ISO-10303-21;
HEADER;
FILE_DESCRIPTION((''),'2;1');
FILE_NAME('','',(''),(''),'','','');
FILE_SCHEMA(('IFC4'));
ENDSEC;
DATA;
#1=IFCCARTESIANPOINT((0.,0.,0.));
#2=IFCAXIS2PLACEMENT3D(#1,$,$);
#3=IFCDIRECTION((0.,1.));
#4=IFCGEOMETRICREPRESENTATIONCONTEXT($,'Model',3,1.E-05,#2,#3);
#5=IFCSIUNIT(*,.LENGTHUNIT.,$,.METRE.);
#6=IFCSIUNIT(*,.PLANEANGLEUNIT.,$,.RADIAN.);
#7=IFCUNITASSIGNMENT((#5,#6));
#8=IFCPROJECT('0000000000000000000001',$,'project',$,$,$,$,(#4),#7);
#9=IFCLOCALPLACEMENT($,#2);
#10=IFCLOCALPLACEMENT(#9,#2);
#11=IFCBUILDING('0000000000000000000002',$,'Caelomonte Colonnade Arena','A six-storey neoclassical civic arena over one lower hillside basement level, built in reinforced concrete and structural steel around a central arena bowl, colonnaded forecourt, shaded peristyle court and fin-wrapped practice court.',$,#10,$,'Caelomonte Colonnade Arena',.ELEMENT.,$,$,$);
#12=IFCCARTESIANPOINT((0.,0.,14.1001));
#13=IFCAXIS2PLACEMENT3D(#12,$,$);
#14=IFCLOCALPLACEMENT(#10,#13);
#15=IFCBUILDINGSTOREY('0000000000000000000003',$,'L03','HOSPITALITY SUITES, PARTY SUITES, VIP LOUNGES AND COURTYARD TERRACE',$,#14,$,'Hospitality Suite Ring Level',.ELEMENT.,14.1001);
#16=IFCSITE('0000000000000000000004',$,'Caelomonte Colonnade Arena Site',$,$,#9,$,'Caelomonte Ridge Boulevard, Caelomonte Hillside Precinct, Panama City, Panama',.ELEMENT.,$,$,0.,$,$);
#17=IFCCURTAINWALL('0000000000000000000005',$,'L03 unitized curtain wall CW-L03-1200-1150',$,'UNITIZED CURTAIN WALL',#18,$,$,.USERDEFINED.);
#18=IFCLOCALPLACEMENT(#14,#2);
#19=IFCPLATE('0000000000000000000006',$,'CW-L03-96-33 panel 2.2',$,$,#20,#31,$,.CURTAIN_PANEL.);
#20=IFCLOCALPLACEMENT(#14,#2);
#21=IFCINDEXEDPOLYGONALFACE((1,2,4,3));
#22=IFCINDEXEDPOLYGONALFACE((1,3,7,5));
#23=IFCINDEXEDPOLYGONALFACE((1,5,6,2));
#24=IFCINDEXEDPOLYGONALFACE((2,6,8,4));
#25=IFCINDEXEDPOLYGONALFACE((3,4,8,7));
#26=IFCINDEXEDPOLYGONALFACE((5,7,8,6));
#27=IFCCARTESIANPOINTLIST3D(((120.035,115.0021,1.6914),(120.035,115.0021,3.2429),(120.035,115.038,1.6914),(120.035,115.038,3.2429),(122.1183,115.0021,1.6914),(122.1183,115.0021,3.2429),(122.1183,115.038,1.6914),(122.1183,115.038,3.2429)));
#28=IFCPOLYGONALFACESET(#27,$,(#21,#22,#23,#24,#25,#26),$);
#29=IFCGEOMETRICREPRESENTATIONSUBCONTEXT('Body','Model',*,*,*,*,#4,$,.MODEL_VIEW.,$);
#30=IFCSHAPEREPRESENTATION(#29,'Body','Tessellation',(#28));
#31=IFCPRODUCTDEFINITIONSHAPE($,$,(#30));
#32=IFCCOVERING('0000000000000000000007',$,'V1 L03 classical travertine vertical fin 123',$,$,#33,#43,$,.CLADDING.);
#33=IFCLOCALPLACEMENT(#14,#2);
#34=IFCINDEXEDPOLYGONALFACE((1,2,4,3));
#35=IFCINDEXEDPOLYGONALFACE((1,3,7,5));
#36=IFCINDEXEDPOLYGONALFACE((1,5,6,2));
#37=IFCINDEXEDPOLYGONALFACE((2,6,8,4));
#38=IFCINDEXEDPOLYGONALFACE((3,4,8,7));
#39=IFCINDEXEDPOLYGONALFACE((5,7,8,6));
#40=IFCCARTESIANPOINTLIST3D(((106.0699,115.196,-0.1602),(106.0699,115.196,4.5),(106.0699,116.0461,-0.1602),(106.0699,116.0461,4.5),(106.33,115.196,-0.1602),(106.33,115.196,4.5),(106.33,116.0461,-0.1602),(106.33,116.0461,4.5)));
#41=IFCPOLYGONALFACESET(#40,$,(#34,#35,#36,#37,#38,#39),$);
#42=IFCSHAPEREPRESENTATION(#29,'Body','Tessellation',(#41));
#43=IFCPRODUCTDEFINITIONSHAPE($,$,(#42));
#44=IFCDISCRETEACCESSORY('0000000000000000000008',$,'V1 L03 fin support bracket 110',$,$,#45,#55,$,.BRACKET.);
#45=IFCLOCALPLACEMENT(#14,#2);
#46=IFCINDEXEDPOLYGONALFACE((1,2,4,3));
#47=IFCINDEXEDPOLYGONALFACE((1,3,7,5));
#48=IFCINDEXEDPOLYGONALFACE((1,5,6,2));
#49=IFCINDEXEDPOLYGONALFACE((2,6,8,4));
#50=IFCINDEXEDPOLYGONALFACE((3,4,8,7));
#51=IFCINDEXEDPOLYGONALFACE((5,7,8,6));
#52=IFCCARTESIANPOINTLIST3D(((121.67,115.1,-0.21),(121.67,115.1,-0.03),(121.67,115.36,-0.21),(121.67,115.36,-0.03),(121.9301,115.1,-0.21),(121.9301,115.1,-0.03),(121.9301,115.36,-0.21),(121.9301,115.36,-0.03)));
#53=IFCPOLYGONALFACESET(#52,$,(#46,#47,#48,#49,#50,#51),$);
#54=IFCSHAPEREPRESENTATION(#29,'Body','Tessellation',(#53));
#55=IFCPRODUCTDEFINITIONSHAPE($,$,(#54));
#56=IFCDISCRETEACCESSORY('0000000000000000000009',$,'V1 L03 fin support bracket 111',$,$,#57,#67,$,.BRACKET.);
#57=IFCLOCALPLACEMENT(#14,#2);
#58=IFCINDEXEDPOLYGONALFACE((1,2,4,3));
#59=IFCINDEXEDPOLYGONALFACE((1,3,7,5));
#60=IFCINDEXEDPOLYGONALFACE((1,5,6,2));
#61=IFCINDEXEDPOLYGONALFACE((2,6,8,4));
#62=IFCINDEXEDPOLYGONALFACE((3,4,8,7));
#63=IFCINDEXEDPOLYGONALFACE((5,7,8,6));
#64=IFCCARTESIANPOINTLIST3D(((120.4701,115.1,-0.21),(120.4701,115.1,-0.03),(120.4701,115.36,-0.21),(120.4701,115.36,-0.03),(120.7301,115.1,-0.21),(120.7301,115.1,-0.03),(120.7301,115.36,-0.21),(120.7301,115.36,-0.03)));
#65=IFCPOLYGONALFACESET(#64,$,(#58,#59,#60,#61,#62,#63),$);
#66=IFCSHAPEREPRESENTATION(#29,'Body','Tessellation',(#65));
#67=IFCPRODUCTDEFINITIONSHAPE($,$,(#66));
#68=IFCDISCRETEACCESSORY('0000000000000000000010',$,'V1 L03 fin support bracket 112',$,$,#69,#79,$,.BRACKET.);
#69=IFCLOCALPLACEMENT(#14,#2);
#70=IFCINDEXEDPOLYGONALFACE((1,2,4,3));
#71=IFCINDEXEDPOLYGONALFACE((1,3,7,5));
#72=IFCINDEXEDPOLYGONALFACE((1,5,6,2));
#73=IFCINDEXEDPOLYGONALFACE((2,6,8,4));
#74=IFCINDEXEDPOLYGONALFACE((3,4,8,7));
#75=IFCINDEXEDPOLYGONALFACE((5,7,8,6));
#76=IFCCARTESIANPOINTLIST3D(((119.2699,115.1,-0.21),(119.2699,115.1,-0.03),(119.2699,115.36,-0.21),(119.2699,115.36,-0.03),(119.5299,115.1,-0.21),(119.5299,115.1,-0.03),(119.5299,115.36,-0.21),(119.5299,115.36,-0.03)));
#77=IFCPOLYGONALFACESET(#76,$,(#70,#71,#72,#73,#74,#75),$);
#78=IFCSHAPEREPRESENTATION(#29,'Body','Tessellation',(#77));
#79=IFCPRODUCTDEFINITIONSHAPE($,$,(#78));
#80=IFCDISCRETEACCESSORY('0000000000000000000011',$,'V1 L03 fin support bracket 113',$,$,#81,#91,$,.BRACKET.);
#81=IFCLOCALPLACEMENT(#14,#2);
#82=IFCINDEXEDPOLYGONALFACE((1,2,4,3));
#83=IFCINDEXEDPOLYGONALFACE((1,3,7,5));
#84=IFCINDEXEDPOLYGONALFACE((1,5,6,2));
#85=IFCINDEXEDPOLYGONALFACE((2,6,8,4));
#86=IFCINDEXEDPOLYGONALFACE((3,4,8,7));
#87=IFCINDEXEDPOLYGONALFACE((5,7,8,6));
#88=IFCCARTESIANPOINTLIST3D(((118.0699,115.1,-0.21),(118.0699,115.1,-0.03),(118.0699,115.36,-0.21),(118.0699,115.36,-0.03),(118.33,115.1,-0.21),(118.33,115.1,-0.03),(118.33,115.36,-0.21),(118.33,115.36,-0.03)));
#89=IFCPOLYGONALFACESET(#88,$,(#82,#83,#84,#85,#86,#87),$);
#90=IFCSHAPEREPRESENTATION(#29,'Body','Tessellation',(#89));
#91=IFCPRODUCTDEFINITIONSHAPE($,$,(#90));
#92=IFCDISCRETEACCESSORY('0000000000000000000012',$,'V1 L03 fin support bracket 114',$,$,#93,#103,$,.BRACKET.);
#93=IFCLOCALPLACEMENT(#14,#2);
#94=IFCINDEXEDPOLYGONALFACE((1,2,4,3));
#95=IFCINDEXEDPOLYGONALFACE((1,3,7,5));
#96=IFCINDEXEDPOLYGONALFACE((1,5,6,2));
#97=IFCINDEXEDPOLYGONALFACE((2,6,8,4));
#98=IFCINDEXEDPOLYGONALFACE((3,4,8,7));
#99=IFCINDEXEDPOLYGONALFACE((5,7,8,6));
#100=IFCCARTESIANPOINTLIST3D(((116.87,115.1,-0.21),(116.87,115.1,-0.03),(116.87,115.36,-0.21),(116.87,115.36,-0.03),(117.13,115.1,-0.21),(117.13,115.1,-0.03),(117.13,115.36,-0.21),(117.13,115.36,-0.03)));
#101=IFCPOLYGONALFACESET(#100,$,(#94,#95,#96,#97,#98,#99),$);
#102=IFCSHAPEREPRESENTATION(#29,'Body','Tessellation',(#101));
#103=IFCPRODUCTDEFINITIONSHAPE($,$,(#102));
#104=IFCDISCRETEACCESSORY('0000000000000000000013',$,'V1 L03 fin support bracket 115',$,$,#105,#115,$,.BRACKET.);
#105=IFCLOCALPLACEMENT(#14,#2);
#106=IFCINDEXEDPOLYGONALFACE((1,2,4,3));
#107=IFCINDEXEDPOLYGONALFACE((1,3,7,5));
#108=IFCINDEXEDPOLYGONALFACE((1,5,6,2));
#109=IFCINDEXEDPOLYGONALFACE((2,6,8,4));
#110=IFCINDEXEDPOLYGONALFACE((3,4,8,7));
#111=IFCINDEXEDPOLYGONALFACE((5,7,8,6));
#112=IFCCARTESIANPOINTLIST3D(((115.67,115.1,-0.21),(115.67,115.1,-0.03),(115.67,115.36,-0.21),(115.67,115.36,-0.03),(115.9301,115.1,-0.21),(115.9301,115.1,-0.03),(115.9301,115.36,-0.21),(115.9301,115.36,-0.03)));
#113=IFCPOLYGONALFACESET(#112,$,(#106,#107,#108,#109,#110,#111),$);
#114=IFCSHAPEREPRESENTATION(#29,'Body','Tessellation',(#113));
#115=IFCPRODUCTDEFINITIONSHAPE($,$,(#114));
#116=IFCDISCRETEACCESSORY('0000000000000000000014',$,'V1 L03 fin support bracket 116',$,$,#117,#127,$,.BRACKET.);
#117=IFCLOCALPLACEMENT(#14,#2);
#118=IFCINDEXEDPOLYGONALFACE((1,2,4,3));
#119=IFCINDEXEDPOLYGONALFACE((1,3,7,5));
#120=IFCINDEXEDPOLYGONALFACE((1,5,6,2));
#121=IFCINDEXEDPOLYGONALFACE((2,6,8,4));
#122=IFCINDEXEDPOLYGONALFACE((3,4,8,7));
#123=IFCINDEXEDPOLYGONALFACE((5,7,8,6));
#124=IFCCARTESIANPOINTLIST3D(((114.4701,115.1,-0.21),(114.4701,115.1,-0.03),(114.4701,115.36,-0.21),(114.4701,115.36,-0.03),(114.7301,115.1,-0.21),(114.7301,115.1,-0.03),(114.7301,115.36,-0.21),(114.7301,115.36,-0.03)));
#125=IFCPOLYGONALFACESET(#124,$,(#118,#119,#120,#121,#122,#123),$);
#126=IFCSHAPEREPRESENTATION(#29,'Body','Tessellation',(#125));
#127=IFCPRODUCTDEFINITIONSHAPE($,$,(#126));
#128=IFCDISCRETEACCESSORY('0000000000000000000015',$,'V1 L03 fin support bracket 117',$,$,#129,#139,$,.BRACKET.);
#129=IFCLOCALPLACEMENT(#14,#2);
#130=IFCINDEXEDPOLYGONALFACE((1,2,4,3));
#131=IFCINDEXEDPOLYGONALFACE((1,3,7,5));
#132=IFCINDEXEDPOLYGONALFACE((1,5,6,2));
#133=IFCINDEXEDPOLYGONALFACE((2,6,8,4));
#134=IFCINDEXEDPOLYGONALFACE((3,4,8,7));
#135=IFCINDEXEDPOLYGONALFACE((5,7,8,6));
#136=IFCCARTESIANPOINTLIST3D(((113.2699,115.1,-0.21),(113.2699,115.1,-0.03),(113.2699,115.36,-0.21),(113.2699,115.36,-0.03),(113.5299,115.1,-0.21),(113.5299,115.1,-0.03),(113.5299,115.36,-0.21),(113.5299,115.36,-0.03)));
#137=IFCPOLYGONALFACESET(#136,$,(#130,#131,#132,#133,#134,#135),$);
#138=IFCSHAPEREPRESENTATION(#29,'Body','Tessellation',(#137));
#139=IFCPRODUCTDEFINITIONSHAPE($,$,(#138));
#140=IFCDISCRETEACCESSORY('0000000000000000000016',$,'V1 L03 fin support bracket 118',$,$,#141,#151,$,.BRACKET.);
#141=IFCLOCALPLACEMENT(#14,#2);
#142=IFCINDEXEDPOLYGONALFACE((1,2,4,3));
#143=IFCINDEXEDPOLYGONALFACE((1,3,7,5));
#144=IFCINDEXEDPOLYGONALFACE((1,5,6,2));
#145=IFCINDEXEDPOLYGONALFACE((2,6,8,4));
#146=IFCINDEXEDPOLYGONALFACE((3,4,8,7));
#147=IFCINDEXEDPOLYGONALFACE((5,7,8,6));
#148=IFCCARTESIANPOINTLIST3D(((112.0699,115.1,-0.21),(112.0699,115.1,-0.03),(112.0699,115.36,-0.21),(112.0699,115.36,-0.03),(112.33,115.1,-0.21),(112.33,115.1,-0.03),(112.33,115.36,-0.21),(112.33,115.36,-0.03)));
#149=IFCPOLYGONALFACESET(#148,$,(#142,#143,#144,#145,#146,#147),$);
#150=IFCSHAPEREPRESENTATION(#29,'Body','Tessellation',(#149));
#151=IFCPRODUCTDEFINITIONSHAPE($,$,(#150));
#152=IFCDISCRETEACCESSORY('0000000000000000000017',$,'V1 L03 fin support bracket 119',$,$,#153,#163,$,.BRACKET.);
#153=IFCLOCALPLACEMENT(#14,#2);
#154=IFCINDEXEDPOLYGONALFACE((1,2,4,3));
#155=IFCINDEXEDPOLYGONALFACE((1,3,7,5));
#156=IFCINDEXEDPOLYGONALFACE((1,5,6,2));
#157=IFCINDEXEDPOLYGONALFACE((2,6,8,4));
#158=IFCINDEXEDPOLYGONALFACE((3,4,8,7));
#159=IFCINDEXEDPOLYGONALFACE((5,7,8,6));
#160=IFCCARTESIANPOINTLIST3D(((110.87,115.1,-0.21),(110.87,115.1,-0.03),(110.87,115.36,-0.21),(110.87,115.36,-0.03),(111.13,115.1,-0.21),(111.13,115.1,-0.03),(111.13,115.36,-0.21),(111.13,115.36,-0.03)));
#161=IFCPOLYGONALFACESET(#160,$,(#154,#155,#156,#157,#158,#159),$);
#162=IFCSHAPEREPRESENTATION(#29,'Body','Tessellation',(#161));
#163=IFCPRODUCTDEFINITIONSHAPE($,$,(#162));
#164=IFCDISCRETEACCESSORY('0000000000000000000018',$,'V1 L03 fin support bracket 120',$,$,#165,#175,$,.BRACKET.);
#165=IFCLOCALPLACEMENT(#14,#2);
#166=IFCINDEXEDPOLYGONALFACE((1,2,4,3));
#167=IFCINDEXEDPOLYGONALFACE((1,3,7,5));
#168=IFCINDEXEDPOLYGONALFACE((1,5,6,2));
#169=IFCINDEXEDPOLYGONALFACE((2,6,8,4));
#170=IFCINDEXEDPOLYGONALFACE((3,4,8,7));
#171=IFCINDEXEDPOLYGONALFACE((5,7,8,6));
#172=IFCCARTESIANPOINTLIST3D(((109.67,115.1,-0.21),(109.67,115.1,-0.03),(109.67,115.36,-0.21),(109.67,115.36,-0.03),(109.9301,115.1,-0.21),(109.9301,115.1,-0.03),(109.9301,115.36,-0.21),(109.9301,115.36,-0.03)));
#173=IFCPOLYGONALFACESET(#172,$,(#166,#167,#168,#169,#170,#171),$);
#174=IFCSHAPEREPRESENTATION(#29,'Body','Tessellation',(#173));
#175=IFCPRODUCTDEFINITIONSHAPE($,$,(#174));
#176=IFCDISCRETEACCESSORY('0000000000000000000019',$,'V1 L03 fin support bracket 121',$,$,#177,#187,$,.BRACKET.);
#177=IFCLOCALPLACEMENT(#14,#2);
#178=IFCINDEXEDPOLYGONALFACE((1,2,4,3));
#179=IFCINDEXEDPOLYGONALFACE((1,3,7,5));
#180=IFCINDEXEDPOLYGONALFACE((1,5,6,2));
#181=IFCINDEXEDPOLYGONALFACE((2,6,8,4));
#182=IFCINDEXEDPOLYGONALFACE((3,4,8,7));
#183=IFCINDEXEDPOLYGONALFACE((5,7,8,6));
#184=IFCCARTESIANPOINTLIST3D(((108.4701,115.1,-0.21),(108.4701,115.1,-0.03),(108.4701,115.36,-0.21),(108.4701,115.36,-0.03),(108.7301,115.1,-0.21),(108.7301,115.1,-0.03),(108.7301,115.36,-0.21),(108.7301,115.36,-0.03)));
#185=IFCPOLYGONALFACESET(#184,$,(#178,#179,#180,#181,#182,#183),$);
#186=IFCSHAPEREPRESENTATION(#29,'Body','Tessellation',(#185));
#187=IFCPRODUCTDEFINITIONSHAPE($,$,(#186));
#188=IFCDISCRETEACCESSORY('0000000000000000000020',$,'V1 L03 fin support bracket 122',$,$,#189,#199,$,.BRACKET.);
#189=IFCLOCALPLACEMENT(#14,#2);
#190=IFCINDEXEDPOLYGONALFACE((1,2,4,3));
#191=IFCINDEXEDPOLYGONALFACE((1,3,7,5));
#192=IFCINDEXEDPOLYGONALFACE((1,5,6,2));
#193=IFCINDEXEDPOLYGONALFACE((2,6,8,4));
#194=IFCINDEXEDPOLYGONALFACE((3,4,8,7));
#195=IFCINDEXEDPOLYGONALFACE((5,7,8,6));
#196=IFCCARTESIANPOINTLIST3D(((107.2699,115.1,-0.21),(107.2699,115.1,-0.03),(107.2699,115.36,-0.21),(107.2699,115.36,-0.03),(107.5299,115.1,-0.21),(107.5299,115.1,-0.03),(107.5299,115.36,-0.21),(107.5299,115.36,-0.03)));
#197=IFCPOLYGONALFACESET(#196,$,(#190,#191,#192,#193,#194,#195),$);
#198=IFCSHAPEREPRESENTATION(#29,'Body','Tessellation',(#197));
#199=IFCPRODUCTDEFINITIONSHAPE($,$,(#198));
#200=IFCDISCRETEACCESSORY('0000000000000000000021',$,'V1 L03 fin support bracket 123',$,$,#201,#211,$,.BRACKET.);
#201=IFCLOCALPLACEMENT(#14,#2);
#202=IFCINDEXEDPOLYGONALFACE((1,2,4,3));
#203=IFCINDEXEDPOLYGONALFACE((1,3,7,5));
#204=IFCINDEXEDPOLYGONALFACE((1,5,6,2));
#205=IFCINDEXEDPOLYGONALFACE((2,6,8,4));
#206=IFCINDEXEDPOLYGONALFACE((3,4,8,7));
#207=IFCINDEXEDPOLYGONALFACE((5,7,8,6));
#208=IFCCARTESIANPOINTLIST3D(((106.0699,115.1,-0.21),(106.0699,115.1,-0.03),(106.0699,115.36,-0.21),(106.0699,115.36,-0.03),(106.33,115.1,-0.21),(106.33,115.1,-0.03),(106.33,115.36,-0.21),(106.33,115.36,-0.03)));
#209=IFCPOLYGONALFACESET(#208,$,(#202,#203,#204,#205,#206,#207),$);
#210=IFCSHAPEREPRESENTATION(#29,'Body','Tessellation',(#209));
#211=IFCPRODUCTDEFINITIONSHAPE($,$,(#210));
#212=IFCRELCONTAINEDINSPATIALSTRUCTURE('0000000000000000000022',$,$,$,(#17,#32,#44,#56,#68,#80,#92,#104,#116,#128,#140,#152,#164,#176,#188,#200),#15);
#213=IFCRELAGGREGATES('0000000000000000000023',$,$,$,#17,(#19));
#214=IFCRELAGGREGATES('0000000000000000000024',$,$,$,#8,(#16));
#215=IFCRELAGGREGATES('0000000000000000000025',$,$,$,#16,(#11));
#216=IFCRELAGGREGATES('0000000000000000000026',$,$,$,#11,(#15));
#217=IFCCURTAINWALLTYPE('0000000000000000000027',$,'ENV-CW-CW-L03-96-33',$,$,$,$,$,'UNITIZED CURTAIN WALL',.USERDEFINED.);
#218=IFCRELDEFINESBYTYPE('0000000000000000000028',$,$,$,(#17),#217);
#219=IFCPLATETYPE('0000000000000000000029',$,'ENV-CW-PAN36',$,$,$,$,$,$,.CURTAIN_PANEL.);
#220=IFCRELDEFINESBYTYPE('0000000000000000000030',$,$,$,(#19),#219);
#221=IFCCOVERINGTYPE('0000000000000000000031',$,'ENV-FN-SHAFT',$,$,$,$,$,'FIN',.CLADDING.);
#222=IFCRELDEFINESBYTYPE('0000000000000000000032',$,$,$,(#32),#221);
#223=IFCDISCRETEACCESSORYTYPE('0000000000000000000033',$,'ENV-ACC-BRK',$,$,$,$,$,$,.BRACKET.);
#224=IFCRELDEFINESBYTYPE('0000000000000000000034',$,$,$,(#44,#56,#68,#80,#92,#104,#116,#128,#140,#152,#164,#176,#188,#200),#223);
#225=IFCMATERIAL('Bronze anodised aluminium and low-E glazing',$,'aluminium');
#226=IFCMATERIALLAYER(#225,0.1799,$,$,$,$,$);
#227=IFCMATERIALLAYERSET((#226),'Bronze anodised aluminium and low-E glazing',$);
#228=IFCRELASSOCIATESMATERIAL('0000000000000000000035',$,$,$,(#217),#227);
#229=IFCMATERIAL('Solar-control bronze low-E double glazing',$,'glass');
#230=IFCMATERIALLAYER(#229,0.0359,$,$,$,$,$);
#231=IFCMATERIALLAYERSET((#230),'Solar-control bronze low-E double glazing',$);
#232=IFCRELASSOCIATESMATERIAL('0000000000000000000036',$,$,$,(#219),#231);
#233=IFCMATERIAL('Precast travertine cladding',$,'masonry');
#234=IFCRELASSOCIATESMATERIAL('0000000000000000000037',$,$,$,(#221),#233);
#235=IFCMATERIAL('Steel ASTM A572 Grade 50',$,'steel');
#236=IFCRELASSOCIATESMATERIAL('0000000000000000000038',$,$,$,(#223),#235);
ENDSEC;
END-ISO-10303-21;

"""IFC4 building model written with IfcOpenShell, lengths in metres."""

from ifc_helpers import new_model, si_unit, direction, frame, origin, origin_2d, place, context, subcontext, project, spatial, rectangle, extrude, material, layer, layer_set, material_profile, profile_set, type_object, element, aggregate, save


model = new_model("IFC4")

# Units and contexts
model_context = context("Model", 3, precision=1e-05, world=origin(), true_north=direction((0.0, 1.0)))
body_context = subcontext(model_context, "Body", "Model", "MODEL_VIEW")
ifc_project = project(units=[si_unit("LENGTHUNIT", "METRE"), si_unit("PLANEANGLEUNIT", "RADIAN")], contexts=[model_context])

# Site, building, storey
site_placement = place(None, origin())
site = spatial("IfcSite", under=ifc_project, at=site_placement, Name="Caelomonte Colonnade Arena Site", LongName="Caelomonte Ridge Boulevard, Caelomonte Hillside Precinct, Panama City, Panama", CompositionType="ELEMENT", RefElevation=0.0)
building_placement = place(site_placement, origin())
building = spatial("IfcBuilding", under=site, at=building_placement, Name="Caelomonte Colonnade Arena", Description="A six-storey neoclassical civic arena over one lower hillside basement level, built in reinforced concrete and structural steel around a central arena bowl, colonnaded forecourt, shaded peristyle court and fin-wrapped practice court.", LongName="Caelomonte Colonnade Arena", CompositionType="ELEMENT")
storey_placement = place(building_placement, frame((0.0, 0.0, 14.1001)))
storey = spatial("IfcBuildingStorey", under=building, at=storey_placement, Name="L03", Description="HOSPITALITY SUITES, PARTY SUITES, VIP LOUNGES AND COURTYARD TERRACE", LongName="Hospitality Suite Ring Level", CompositionType="ELEMENT", Elevation=14.1001)

# Curtain wall, plate
ifc_material_1 = material(Name="Bronze anodised aluminium and low-E glazing", Category="aluminium")
ifc_layer_1 = layer(ifc_material_1, 0.1799)
ifc_layer_set_1 = layer_set([ifc_layer_1], Name="Bronze anodised aluminium and low-E glazing")
curtain_wall_type = type_object("IfcCurtainWallType", Name="ENV-CW-CW-L03-96-33", ElementType="UNITIZED CURTAIN WALL", PredefinedType="USERDEFINED", material=ifc_layer_set_1)
curtain_wall_placement = place(storey_placement, origin())
curtain_wall = element("IfcCurtainWall", 1, at=curtain_wall_placement, inside=storey, type_object=curtain_wall_type, Name="L03 unitized curtain wall CW-L03-1200-1150", ObjectType="UNITIZED CURTAIN WALL", PredefinedType="USERDEFINED")
ifc_material_2 = material(Name="Solar-control bronze low-E double glazing", Category="glass")
ifc_layer_2 = layer(ifc_material_2, 0.0359)
ifc_layer_set_2 = layer_set([ifc_layer_2], Name="Solar-control bronze low-E double glazing")
plate_type = type_object("IfcPlateType", Name="ENV-CW-PAN36", PredefinedType="CURTAIN_PANEL", material=ifc_layer_set_2)
plate_placement = place(storey_placement, frame((121.0767, 115.02, 1.6914), z_axis=(0.0, 0.0, 1.0), x_axis=(-1.0, 0.0, 0.0)))
plate = element("IfcPlate", 2, at=plate_placement, type_object=plate_type, Name="CW-L03-96-33 panel 2.2", PredefinedType="CURTAIN_PANEL", context=body_context, shape_type="SweptSolid", body=[
    extrude(rectangle(XDim=2.0833, YDim=0.0359, at=origin_2d()), origin(), (0.0, 0.0, 1.0), 1.5515),
])
aggregate(curtain_wall, [plate])

# Covering
ifc_material_3 = material(Name="Precast travertine cladding", Category="masonry")
ifc_material_profile_1 = material_profile(ifc_material_3, rectangle(XDim=0.26, YDim=0.8501, at=origin_2d()), Name="FIN260X850")
ifc_profile_set_1 = profile_set([ifc_material_profile_1], Name="Precast travertine cladding")
covering_type = type_object("IfcCoveringType", Name="ENV-FN-SHAFT", ElementType="FIN", PredefinedType="CLADDING", material=ifc_profile_set_1)
covering_placement = place(storey_placement, frame((106.2, 115.6211, -0.1602), z_axis=(0.0, 0.0, 1.0), x_axis=(1.0, 0.0, 0.0)))
element("IfcCovering", 3, at=covering_placement, inside=storey, type_object=covering_type, Name="V1 L03 classical travertine vertical fin 123", PredefinedType="CLADDING", context=body_context, shape_type="SweptSolid", body=[
    extrude(rectangle(XDim=0.26, YDim=0.8501, at=origin_2d()), origin(), (0.0, 0.0, 1.0), 4.6602),
])

# Discrete accessories
ifc_material_4 = material(Name="Steel ASTM A572 Grade 50", Category="steel")
discrete_accessory_type = type_object("IfcDiscreteAccessoryType", Name="ENV-ACC-BRK", PredefinedType="BRACKET", material=ifc_material_4)
for number, where, z_axis, x_axis, name in (
    (4, (121.8, 115.23, -0.21), (0.0, 0.0, 1.0), (-1.0, 0.0, 0.0), "V1 L03 fin support bracket 110"),
    (5, (120.6001, 115.23, -0.21), (0.0, 0.0, 1.0), (-1.0, 0.0, 0.0), "V1 L03 fin support bracket 111"),
    (6, (119.3999, 115.23, -0.21), (0.0, 0.0, 1.0), (-1.0, 0.0, 0.0), "V1 L03 fin support bracket 112"),
    (7, (118.2, 115.23, -0.21), (0.0, 0.0, 1.0), (-1.0, 0.0, 0.0), "V1 L03 fin support bracket 113"),
    (8, (117.0, 115.23, -0.21), (0.0, 0.0, 1.0), (-1.0, 0.0, 0.0), "V1 L03 fin support bracket 114"),
    (9, (115.8, 115.23, -0.21), (0.0, 0.0, 1.0), (-1.0, 0.0, 0.0), "V1 L03 fin support bracket 115"),
    (10, (114.6001, 115.23, -0.21), (0.0, 0.0, 1.0), (-1.0, 0.0, 0.0), "V1 L03 fin support bracket 116"),
    (11, (113.3999, 115.23, -0.21), (0.0, 0.0, 1.0), (-1.0, 0.0, 0.0), "V1 L03 fin support bracket 117"),
    (12, (112.2, 115.23, -0.21), (0.0, 0.0, 1.0), (-1.0, 0.0, 0.0), "V1 L03 fin support bracket 118"),
    (13, (111.0, 115.23, -0.21), (0.0, 0.0, 1.0), (-1.0, 0.0, 0.0), "V1 L03 fin support bracket 119"),
    (14, (109.8, 115.23, -0.21), (0.0, 0.0, 1.0), (-1.0, 0.0, 0.0), "V1 L03 fin support bracket 120"),
    (15, (108.6001, 115.23, -0.21), (0.0, 0.0, 1.0), (-1.0, 0.0, 0.0), "V1 L03 fin support bracket 121"),
    (16, (107.3999, 115.23, -0.21), (0.0, 0.0, 1.0), (-1.0, 0.0, 0.0), "V1 L03 fin support bracket 122"),
    (17, (106.2, 115.23, -0.21), (0.0, 0.0, 1.0), (-1.0, 0.0, 0.0), "V1 L03 fin support bracket 123"),
):
    element("IfcDiscreteAccessory", number, at=place(storey_placement, frame(where, z_axis=z_axis, x_axis=x_axis)), inside=storey, type_object=discrete_accessory_type, Name=name, PredefinedType="BRACKET", context=body_context, shape_type="SweptSolid", body=[
        extrude(rectangle(XDim=0.26, YDim=0.26, at=origin_2d()), origin(), (0.0, 0.0, 1.0), 0.1799),
    ])

save(model, "model.ifc")
